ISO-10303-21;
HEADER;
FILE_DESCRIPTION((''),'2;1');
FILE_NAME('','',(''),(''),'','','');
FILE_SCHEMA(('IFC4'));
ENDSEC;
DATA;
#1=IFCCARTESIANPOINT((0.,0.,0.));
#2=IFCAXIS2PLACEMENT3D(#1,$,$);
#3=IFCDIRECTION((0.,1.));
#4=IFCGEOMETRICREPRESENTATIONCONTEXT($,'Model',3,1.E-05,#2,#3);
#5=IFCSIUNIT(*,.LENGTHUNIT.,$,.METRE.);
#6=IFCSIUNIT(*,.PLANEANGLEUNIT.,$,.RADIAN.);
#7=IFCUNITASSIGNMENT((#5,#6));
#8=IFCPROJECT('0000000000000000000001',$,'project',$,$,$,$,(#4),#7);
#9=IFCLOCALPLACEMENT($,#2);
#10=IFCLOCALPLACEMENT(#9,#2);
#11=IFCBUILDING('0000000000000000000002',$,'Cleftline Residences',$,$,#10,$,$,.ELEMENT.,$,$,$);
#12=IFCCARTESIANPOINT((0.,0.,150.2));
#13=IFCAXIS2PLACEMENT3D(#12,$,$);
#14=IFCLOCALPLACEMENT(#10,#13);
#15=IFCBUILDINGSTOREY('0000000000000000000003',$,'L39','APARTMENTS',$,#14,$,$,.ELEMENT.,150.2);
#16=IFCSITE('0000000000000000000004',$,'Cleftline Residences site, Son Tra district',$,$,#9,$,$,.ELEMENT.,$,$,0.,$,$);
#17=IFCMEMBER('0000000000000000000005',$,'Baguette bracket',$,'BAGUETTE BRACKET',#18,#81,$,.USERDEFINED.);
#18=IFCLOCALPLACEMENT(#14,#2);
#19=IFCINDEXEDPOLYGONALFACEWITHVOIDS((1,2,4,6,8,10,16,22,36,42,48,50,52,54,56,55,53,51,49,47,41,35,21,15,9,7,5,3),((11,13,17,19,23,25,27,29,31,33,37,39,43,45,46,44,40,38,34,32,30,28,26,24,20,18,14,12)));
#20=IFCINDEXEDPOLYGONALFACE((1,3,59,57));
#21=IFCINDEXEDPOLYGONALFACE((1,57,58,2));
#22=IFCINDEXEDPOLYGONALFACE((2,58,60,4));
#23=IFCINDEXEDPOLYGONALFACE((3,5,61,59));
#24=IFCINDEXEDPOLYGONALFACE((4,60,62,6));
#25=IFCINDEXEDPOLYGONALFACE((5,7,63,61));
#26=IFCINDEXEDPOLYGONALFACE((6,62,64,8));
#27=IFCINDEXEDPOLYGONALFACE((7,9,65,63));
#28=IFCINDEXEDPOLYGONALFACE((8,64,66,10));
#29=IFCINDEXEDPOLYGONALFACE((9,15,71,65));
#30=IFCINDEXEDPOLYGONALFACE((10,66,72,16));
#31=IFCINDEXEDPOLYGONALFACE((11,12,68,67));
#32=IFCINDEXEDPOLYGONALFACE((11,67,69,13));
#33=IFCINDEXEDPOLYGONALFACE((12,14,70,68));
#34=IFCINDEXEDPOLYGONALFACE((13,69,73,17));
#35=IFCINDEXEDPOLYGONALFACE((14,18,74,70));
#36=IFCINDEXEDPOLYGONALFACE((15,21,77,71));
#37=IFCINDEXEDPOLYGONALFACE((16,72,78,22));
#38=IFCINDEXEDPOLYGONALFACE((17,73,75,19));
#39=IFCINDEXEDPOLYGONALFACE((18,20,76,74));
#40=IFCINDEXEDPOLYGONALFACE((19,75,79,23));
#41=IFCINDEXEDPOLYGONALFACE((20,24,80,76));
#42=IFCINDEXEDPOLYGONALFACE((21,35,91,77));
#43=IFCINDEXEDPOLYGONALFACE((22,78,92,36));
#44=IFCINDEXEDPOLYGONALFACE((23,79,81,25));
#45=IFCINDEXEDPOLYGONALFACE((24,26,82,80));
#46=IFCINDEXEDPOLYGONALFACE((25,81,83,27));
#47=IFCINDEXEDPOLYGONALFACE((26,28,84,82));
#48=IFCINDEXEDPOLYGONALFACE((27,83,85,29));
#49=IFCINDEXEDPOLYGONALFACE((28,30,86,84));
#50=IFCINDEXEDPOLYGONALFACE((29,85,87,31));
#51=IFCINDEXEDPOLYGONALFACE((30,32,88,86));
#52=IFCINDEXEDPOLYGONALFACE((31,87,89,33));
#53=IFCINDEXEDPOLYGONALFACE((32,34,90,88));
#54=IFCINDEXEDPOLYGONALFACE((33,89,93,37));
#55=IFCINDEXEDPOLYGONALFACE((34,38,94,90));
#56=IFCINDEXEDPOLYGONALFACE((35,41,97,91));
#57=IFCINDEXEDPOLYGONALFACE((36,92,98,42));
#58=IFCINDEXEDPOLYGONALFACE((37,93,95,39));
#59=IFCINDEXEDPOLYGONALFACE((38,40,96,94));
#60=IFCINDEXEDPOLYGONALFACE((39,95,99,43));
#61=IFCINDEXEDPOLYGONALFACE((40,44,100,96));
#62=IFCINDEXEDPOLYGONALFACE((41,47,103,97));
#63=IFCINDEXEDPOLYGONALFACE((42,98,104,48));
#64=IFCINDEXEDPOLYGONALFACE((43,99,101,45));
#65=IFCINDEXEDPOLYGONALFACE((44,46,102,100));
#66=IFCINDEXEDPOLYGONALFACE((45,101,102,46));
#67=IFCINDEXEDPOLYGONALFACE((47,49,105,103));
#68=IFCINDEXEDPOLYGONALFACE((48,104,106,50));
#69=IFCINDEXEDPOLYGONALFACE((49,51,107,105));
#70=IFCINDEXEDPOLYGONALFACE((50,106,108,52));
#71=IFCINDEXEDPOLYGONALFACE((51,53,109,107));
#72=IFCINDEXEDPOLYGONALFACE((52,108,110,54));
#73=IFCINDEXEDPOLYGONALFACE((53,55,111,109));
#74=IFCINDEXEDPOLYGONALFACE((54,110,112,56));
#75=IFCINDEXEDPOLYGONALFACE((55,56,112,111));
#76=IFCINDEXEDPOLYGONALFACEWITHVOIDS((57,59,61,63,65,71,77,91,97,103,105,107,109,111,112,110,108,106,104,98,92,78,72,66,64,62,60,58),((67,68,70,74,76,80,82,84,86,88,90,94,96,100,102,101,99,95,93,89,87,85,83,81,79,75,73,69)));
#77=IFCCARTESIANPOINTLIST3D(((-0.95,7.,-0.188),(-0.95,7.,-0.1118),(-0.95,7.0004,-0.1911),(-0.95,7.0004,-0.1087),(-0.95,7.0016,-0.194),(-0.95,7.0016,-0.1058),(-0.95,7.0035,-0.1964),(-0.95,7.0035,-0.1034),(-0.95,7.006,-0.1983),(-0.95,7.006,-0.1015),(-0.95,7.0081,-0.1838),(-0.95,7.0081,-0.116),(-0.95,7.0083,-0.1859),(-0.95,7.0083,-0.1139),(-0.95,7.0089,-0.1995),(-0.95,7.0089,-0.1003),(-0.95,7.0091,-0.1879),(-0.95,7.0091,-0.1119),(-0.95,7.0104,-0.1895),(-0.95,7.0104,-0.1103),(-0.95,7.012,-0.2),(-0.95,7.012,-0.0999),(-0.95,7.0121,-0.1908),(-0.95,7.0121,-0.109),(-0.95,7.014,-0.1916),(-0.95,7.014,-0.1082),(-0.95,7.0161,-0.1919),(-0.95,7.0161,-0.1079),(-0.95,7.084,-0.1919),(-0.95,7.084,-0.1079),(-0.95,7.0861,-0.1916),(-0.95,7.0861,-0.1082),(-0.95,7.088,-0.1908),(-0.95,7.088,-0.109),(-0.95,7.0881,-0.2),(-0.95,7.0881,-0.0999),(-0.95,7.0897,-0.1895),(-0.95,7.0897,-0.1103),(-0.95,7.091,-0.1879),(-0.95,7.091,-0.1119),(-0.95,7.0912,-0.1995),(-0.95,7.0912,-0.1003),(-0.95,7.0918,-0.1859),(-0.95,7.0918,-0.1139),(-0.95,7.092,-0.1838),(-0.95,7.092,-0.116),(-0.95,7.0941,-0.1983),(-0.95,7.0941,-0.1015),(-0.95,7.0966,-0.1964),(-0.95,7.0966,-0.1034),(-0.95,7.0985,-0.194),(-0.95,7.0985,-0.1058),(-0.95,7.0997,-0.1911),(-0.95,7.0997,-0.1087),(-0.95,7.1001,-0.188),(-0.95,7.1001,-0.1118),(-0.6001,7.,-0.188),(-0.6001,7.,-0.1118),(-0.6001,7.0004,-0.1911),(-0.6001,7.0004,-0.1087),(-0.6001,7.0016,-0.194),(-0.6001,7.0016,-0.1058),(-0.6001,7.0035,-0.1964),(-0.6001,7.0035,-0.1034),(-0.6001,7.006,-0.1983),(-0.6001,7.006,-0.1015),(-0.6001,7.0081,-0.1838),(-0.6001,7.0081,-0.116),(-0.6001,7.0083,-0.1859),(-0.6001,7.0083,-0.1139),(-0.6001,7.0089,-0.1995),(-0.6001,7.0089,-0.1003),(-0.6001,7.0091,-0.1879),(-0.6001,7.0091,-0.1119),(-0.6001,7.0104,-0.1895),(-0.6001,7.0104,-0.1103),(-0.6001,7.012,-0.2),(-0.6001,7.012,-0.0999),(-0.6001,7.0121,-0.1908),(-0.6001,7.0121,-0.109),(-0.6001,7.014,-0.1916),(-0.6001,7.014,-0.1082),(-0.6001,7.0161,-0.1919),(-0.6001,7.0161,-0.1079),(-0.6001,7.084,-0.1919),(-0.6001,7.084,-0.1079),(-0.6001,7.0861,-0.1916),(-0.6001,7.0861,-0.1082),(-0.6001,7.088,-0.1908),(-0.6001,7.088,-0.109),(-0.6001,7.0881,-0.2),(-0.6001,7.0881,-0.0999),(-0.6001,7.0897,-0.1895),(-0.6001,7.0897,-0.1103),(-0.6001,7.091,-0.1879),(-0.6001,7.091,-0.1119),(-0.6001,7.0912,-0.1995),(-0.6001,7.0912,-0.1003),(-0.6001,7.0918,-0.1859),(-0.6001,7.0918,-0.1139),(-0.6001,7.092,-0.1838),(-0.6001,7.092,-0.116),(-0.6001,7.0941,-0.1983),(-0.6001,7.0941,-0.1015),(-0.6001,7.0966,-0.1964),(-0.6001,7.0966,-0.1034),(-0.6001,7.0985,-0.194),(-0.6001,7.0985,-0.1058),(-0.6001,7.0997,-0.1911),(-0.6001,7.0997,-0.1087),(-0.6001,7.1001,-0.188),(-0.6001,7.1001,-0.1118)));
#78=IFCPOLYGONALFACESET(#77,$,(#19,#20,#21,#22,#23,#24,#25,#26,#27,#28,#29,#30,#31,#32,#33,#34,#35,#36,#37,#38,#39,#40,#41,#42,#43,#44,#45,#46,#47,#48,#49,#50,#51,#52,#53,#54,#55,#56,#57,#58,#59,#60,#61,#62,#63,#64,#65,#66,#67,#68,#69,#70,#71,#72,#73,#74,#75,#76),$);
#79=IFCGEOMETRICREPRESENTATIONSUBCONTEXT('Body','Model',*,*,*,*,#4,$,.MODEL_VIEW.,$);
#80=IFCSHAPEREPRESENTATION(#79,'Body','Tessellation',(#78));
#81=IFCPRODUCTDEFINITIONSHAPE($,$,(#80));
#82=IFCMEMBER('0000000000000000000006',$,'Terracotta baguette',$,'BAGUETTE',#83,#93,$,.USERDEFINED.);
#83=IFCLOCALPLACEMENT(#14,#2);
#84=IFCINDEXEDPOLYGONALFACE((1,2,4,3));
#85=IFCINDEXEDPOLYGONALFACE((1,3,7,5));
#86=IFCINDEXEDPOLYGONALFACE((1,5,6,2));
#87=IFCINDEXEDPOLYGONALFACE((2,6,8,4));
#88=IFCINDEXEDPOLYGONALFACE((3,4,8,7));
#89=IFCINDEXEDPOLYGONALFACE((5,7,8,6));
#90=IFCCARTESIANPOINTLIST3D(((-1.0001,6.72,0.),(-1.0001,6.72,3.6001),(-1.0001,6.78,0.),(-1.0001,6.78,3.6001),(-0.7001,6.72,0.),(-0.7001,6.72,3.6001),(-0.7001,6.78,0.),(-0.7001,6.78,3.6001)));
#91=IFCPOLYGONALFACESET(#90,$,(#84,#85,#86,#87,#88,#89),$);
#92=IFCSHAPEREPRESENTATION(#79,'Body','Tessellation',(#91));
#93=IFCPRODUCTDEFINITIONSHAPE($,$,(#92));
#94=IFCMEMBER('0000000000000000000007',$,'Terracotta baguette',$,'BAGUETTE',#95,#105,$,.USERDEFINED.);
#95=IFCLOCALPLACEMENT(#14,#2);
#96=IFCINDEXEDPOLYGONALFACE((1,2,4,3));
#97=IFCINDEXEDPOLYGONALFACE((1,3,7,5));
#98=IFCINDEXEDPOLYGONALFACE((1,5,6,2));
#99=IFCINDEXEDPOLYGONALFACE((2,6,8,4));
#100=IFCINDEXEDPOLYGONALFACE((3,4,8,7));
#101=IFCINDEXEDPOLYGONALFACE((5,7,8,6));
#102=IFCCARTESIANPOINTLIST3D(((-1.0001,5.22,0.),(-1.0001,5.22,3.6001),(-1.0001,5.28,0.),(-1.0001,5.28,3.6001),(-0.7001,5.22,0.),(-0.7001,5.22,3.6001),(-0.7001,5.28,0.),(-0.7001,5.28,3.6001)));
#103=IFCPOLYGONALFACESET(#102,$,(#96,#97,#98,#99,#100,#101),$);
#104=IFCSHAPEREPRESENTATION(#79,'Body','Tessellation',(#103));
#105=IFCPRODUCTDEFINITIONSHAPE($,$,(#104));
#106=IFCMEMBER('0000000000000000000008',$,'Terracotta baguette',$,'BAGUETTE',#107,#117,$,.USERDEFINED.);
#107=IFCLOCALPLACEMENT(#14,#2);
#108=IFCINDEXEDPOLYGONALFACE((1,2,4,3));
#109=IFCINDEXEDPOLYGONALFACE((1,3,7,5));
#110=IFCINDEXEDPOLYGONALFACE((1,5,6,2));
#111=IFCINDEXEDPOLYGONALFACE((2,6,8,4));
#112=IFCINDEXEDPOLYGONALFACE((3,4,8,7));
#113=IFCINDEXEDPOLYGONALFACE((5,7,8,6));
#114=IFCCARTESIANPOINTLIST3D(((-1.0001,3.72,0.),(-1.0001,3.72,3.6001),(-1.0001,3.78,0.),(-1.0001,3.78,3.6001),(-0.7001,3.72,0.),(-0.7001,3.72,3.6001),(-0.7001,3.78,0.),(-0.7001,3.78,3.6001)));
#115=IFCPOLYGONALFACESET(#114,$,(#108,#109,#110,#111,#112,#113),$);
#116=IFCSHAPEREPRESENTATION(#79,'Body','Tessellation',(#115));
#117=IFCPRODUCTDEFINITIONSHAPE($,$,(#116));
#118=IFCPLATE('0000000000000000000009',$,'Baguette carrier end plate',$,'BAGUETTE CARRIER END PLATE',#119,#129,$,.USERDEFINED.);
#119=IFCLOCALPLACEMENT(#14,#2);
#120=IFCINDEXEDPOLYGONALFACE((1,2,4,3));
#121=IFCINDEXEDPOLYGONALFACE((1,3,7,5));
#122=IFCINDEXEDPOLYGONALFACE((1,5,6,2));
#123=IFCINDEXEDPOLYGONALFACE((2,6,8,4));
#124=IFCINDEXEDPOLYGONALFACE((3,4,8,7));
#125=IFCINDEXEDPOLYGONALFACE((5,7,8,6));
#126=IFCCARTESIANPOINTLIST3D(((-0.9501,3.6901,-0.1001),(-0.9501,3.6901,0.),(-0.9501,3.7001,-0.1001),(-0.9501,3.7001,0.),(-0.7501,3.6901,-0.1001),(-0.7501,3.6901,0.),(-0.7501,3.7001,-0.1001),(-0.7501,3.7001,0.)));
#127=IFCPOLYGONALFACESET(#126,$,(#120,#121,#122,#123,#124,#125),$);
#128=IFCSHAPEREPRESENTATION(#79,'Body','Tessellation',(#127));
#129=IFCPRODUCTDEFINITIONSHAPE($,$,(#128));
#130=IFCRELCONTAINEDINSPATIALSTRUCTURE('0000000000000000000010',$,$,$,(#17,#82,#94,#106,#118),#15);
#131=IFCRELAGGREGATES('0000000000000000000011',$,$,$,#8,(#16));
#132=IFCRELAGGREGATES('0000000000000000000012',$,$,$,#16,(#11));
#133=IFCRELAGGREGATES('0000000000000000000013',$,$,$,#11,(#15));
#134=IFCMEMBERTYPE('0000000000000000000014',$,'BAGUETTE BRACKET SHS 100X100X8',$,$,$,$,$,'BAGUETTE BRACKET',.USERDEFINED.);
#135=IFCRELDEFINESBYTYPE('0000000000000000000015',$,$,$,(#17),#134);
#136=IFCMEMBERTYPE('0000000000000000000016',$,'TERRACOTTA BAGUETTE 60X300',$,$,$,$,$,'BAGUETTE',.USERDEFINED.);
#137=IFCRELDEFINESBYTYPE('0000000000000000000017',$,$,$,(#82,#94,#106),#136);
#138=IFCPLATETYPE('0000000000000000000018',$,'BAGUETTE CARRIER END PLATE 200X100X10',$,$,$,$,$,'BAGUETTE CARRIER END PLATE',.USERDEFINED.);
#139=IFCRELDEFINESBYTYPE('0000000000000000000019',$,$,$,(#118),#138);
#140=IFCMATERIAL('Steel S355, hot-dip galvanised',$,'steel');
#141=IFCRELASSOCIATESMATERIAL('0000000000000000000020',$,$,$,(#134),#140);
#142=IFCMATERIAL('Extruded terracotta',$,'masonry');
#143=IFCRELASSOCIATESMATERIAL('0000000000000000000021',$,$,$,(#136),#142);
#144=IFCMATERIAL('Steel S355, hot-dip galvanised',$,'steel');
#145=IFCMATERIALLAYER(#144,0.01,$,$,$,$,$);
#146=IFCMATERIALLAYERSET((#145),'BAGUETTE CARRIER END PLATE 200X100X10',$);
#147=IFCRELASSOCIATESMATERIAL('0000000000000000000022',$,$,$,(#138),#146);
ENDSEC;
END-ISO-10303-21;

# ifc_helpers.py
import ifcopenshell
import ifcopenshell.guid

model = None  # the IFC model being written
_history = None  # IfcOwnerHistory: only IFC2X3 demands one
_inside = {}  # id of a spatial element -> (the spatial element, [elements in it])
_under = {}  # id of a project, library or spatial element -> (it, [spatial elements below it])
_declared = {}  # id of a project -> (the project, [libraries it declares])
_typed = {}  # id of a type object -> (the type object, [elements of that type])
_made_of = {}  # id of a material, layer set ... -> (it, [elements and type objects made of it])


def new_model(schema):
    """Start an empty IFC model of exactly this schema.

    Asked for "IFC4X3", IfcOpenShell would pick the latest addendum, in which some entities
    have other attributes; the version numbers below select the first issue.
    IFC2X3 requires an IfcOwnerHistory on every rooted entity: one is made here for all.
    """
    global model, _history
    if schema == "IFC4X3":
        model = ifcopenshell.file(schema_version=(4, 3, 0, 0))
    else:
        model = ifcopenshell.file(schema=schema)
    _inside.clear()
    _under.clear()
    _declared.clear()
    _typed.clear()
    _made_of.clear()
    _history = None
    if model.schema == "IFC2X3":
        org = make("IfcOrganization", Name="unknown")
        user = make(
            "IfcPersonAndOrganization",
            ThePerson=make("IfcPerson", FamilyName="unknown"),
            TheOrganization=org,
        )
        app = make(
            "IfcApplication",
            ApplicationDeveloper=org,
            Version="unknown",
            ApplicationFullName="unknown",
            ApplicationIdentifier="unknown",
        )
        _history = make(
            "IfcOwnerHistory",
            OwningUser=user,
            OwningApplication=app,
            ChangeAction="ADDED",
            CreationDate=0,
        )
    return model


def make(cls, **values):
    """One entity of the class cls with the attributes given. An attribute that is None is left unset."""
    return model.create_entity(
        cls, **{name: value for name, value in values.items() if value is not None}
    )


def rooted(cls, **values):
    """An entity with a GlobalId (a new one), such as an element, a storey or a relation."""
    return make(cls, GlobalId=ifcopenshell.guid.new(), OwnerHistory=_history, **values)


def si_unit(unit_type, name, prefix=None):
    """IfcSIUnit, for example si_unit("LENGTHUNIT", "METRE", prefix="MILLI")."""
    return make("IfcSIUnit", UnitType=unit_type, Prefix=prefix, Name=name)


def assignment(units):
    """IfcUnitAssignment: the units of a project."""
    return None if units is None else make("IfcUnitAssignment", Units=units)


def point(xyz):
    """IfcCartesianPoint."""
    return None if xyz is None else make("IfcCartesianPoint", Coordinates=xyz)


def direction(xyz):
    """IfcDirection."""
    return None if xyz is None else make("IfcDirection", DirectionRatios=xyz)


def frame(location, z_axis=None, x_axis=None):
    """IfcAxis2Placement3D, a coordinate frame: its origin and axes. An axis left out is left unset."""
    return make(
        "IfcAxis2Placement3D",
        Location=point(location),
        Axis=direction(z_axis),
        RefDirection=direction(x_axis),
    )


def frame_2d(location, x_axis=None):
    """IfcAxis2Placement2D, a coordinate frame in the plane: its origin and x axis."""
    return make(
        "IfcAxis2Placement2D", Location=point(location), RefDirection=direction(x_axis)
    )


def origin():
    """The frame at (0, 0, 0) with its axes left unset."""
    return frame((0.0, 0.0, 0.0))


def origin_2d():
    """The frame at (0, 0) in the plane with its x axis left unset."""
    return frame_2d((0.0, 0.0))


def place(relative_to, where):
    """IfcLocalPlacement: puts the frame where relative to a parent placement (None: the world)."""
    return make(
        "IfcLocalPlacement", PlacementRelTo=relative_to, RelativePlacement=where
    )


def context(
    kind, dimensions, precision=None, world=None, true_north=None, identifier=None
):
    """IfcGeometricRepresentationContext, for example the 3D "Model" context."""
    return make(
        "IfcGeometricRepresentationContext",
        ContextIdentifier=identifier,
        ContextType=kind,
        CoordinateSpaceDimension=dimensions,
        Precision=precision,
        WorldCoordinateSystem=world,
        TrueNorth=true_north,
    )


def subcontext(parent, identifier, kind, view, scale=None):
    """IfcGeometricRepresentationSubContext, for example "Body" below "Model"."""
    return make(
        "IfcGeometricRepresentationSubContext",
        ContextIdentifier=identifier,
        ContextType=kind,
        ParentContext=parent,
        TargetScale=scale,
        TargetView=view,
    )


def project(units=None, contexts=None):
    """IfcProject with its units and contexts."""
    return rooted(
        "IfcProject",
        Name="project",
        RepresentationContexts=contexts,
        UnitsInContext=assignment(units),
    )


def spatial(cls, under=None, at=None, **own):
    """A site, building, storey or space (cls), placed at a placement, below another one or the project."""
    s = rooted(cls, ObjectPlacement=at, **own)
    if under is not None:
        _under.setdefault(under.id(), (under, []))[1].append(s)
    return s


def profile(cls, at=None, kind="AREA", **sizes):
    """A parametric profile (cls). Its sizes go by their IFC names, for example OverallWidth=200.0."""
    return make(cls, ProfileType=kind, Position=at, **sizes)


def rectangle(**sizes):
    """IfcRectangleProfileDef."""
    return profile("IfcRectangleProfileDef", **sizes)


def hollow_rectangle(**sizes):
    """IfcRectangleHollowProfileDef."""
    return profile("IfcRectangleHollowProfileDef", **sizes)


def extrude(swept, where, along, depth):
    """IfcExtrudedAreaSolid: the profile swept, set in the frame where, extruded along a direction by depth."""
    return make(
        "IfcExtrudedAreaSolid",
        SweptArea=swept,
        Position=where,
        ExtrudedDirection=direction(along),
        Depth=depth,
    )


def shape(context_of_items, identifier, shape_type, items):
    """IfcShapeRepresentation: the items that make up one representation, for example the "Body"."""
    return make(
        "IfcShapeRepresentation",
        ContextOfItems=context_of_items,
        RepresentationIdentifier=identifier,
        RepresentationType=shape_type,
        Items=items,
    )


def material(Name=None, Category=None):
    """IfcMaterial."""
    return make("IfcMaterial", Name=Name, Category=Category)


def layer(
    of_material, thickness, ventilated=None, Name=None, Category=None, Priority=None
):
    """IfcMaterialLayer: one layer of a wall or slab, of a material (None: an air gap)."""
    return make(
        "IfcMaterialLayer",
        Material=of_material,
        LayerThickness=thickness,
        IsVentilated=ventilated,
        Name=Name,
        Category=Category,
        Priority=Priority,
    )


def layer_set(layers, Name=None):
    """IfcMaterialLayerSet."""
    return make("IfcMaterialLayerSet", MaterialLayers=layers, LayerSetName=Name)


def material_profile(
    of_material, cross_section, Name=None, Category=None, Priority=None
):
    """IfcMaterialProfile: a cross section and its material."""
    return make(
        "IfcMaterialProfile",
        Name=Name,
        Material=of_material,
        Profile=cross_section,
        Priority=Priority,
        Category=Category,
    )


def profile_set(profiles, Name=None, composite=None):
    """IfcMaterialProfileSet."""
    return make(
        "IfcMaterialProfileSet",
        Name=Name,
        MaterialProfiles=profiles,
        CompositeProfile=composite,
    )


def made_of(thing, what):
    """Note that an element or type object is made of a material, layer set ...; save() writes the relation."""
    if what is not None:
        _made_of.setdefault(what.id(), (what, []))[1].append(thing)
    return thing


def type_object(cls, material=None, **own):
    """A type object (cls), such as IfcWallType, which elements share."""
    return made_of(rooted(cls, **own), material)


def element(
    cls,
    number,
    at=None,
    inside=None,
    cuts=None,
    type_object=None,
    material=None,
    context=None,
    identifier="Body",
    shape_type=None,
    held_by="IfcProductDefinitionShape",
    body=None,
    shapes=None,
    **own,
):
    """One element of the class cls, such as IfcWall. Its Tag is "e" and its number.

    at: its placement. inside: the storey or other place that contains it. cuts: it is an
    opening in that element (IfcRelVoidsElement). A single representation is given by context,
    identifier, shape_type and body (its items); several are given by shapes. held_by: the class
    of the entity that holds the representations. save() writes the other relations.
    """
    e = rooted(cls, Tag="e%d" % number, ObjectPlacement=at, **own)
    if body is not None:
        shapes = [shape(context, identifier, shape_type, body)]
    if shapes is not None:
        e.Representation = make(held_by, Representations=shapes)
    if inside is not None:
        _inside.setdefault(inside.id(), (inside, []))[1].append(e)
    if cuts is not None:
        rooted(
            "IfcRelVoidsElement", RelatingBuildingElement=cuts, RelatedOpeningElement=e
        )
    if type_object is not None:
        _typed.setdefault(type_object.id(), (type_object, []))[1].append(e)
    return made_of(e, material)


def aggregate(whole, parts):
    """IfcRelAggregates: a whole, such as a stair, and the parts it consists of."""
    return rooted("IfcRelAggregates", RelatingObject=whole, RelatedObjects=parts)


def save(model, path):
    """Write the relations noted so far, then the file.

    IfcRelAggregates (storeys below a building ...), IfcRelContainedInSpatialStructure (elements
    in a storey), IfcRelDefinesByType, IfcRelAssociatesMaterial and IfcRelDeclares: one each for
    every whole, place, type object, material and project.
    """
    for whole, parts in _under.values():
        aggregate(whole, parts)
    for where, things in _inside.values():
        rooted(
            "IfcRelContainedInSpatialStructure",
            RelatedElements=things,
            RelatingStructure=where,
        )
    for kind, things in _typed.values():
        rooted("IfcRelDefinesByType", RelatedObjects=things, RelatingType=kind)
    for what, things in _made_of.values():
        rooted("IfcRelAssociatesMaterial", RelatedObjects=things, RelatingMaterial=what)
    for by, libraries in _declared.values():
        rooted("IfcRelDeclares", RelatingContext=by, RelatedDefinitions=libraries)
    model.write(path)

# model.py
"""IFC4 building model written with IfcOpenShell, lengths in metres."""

from ifc_helpers import new_model, si_unit, direction, frame, origin, origin_2d, place, context, subcontext, project, spatial, rectangle, hollow_rectangle, extrude, material, layer, layer_set, material_profile, profile_set, type_object, element, save


model = new_model("IFC4")

# Units and contexts
model_context = context("Model", 3, precision=1e-05, world=origin(), true_north=direction((0.0, 1.0)))
body_context = subcontext(model_context, "Body", "Model", "MODEL_VIEW")
ifc_project = project(units=[si_unit("LENGTHUNIT", "METRE"), si_unit("PLANEANGLEUNIT", "RADIAN")], contexts=[model_context])

# Site, building, storey
site_placement = place(None, origin())
site = spatial("IfcSite", under=ifc_project, at=site_placement, Name="Cleftline Residences site, Son Tra district", CompositionType="ELEMENT", RefElevation=0.0)
building_placement = place(site_placement, origin())
building = spatial("IfcBuilding", under=site, at=building_placement, Name="Cleftline Residences", CompositionType="ELEMENT")
storey_placement = place(building_placement, frame((0.0, 0.0, 150.2)))
storey = spatial("IfcBuildingStorey", under=building, at=storey_placement, Name="L39", Description="APARTMENTS", CompositionType="ELEMENT", Elevation=150.2)

# Members
ifc_material_1 = material(Name="Steel S355, hot-dip galvanised", Category="steel")
ifc_material_profile_1 = material_profile(ifc_material_1, hollow_rectangle(XDim=0.1001, YDim=0.1001, WallThickness=0.0081, InnerFilletRadius=0.0081, OuterFilletRadius=0.012, at=origin_2d()))
ifc_profile_set_1 = profile_set([ifc_material_profile_1], Name="Steel S355, hot-dip galvanised")
member_type_1 = type_object("IfcMemberType", Name="BAGUETTE BRACKET SHS 100X100X8", ElementType="BAGUETTE BRACKET", PredefinedType="USERDEFINED", material=ifc_profile_set_1)
member_placement = place(storey_placement, frame((-0.6001, 7.05, -0.1499), z_axis=(-1.0, 0.0, 0.0), x_axis=(0.0, -1.0, 0.0)))
element("IfcMember", 1, at=member_placement, inside=storey, type_object=member_type_1, Name="Baguette bracket", ObjectType="BAGUETTE BRACKET", PredefinedType="USERDEFINED", context=body_context, shape_type="SweptSolid", body=[
    extrude(hollow_rectangle(XDim=0.1001, YDim=0.1001, WallThickness=0.0081, InnerFilletRadius=0.0081, OuterFilletRadius=0.012, at=origin_2d()), origin(), (0.0, 0.0, 1.0), 0.3499),
])
ifc_material_2 = material(Name="Extruded terracotta", Category="masonry")
ifc_material_profile_2 = material_profile(ifc_material_2, rectangle(XDim=0.0601, YDim=0.3, at=origin_2d()))
ifc_profile_set_2 = profile_set([ifc_material_profile_2], Name="Extruded terracotta")
member_type_2 = type_object("IfcMemberType", Name="TERRACOTTA BAGUETTE 60X300", ElementType="BAGUETTE", PredefinedType="USERDEFINED", material=ifc_profile_set_2)
for number, where, z_axis, x_axis, name in (
    (2, (-0.8501, 6.75, 0.0), (0.0, 0.0, 1.0), (0.0, 1.0, 0.0), "Terracotta baguette"),
    (3, (-0.8501, 5.25, 0.0), (0.0, 0.0, 1.0), (0.0, 1.0, 0.0), "Terracotta baguette"),
    (4, (-0.8501, 3.75, 0.0), (0.0, 0.0, 1.0), (0.0, 1.0, 0.0), "Terracotta baguette"),
):
    element("IfcMember", number, at=place(storey_placement, frame(where, z_axis=z_axis, x_axis=x_axis)), inside=storey, type_object=member_type_2, Name=name, ObjectType="BAGUETTE", PredefinedType="USERDEFINED", context=body_context, shape_type="SweptSolid", body=[
        extrude(rectangle(XDim=0.0601, YDim=0.3, at=origin_2d()), origin(), (0.0, 0.0, 1.0), 3.6001),
    ])

# Plate
ifc_material_3 = material(Name="Steel S355, hot-dip galvanised", Category="steel")
ifc_layer_1 = layer(ifc_material_3, 0.01)
ifc_layer_set_1 = layer_set([ifc_layer_1], Name="BAGUETTE CARRIER END PLATE 200X100X10")
plate_type = type_object("IfcPlateType", Name="BAGUETTE CARRIER END PLATE 200X100X10", ElementType="BAGUETTE CARRIER END PLATE", PredefinedType="USERDEFINED", material=ifc_layer_set_1)
plate_placement = place(storey_placement, frame((-0.8501, 3.6951, -0.1001), z_axis=(0.0, 0.0, 1.0), x_axis=(-1.0, 0.0, 0.0)))
element("IfcPlate", 5, at=plate_placement, inside=storey, type_object=plate_type, Name="Baguette carrier end plate", ObjectType="BAGUETTE CARRIER END PLATE", PredefinedType="USERDEFINED", context=body_context, shape_type="SweptSolid", body=[
    extrude(rectangle(XDim=0.2, YDim=0.01, at=origin_2d()), origin(), (0.0, 0.0, 1.0), 0.1001),
])

save(model, "model.ifc")
